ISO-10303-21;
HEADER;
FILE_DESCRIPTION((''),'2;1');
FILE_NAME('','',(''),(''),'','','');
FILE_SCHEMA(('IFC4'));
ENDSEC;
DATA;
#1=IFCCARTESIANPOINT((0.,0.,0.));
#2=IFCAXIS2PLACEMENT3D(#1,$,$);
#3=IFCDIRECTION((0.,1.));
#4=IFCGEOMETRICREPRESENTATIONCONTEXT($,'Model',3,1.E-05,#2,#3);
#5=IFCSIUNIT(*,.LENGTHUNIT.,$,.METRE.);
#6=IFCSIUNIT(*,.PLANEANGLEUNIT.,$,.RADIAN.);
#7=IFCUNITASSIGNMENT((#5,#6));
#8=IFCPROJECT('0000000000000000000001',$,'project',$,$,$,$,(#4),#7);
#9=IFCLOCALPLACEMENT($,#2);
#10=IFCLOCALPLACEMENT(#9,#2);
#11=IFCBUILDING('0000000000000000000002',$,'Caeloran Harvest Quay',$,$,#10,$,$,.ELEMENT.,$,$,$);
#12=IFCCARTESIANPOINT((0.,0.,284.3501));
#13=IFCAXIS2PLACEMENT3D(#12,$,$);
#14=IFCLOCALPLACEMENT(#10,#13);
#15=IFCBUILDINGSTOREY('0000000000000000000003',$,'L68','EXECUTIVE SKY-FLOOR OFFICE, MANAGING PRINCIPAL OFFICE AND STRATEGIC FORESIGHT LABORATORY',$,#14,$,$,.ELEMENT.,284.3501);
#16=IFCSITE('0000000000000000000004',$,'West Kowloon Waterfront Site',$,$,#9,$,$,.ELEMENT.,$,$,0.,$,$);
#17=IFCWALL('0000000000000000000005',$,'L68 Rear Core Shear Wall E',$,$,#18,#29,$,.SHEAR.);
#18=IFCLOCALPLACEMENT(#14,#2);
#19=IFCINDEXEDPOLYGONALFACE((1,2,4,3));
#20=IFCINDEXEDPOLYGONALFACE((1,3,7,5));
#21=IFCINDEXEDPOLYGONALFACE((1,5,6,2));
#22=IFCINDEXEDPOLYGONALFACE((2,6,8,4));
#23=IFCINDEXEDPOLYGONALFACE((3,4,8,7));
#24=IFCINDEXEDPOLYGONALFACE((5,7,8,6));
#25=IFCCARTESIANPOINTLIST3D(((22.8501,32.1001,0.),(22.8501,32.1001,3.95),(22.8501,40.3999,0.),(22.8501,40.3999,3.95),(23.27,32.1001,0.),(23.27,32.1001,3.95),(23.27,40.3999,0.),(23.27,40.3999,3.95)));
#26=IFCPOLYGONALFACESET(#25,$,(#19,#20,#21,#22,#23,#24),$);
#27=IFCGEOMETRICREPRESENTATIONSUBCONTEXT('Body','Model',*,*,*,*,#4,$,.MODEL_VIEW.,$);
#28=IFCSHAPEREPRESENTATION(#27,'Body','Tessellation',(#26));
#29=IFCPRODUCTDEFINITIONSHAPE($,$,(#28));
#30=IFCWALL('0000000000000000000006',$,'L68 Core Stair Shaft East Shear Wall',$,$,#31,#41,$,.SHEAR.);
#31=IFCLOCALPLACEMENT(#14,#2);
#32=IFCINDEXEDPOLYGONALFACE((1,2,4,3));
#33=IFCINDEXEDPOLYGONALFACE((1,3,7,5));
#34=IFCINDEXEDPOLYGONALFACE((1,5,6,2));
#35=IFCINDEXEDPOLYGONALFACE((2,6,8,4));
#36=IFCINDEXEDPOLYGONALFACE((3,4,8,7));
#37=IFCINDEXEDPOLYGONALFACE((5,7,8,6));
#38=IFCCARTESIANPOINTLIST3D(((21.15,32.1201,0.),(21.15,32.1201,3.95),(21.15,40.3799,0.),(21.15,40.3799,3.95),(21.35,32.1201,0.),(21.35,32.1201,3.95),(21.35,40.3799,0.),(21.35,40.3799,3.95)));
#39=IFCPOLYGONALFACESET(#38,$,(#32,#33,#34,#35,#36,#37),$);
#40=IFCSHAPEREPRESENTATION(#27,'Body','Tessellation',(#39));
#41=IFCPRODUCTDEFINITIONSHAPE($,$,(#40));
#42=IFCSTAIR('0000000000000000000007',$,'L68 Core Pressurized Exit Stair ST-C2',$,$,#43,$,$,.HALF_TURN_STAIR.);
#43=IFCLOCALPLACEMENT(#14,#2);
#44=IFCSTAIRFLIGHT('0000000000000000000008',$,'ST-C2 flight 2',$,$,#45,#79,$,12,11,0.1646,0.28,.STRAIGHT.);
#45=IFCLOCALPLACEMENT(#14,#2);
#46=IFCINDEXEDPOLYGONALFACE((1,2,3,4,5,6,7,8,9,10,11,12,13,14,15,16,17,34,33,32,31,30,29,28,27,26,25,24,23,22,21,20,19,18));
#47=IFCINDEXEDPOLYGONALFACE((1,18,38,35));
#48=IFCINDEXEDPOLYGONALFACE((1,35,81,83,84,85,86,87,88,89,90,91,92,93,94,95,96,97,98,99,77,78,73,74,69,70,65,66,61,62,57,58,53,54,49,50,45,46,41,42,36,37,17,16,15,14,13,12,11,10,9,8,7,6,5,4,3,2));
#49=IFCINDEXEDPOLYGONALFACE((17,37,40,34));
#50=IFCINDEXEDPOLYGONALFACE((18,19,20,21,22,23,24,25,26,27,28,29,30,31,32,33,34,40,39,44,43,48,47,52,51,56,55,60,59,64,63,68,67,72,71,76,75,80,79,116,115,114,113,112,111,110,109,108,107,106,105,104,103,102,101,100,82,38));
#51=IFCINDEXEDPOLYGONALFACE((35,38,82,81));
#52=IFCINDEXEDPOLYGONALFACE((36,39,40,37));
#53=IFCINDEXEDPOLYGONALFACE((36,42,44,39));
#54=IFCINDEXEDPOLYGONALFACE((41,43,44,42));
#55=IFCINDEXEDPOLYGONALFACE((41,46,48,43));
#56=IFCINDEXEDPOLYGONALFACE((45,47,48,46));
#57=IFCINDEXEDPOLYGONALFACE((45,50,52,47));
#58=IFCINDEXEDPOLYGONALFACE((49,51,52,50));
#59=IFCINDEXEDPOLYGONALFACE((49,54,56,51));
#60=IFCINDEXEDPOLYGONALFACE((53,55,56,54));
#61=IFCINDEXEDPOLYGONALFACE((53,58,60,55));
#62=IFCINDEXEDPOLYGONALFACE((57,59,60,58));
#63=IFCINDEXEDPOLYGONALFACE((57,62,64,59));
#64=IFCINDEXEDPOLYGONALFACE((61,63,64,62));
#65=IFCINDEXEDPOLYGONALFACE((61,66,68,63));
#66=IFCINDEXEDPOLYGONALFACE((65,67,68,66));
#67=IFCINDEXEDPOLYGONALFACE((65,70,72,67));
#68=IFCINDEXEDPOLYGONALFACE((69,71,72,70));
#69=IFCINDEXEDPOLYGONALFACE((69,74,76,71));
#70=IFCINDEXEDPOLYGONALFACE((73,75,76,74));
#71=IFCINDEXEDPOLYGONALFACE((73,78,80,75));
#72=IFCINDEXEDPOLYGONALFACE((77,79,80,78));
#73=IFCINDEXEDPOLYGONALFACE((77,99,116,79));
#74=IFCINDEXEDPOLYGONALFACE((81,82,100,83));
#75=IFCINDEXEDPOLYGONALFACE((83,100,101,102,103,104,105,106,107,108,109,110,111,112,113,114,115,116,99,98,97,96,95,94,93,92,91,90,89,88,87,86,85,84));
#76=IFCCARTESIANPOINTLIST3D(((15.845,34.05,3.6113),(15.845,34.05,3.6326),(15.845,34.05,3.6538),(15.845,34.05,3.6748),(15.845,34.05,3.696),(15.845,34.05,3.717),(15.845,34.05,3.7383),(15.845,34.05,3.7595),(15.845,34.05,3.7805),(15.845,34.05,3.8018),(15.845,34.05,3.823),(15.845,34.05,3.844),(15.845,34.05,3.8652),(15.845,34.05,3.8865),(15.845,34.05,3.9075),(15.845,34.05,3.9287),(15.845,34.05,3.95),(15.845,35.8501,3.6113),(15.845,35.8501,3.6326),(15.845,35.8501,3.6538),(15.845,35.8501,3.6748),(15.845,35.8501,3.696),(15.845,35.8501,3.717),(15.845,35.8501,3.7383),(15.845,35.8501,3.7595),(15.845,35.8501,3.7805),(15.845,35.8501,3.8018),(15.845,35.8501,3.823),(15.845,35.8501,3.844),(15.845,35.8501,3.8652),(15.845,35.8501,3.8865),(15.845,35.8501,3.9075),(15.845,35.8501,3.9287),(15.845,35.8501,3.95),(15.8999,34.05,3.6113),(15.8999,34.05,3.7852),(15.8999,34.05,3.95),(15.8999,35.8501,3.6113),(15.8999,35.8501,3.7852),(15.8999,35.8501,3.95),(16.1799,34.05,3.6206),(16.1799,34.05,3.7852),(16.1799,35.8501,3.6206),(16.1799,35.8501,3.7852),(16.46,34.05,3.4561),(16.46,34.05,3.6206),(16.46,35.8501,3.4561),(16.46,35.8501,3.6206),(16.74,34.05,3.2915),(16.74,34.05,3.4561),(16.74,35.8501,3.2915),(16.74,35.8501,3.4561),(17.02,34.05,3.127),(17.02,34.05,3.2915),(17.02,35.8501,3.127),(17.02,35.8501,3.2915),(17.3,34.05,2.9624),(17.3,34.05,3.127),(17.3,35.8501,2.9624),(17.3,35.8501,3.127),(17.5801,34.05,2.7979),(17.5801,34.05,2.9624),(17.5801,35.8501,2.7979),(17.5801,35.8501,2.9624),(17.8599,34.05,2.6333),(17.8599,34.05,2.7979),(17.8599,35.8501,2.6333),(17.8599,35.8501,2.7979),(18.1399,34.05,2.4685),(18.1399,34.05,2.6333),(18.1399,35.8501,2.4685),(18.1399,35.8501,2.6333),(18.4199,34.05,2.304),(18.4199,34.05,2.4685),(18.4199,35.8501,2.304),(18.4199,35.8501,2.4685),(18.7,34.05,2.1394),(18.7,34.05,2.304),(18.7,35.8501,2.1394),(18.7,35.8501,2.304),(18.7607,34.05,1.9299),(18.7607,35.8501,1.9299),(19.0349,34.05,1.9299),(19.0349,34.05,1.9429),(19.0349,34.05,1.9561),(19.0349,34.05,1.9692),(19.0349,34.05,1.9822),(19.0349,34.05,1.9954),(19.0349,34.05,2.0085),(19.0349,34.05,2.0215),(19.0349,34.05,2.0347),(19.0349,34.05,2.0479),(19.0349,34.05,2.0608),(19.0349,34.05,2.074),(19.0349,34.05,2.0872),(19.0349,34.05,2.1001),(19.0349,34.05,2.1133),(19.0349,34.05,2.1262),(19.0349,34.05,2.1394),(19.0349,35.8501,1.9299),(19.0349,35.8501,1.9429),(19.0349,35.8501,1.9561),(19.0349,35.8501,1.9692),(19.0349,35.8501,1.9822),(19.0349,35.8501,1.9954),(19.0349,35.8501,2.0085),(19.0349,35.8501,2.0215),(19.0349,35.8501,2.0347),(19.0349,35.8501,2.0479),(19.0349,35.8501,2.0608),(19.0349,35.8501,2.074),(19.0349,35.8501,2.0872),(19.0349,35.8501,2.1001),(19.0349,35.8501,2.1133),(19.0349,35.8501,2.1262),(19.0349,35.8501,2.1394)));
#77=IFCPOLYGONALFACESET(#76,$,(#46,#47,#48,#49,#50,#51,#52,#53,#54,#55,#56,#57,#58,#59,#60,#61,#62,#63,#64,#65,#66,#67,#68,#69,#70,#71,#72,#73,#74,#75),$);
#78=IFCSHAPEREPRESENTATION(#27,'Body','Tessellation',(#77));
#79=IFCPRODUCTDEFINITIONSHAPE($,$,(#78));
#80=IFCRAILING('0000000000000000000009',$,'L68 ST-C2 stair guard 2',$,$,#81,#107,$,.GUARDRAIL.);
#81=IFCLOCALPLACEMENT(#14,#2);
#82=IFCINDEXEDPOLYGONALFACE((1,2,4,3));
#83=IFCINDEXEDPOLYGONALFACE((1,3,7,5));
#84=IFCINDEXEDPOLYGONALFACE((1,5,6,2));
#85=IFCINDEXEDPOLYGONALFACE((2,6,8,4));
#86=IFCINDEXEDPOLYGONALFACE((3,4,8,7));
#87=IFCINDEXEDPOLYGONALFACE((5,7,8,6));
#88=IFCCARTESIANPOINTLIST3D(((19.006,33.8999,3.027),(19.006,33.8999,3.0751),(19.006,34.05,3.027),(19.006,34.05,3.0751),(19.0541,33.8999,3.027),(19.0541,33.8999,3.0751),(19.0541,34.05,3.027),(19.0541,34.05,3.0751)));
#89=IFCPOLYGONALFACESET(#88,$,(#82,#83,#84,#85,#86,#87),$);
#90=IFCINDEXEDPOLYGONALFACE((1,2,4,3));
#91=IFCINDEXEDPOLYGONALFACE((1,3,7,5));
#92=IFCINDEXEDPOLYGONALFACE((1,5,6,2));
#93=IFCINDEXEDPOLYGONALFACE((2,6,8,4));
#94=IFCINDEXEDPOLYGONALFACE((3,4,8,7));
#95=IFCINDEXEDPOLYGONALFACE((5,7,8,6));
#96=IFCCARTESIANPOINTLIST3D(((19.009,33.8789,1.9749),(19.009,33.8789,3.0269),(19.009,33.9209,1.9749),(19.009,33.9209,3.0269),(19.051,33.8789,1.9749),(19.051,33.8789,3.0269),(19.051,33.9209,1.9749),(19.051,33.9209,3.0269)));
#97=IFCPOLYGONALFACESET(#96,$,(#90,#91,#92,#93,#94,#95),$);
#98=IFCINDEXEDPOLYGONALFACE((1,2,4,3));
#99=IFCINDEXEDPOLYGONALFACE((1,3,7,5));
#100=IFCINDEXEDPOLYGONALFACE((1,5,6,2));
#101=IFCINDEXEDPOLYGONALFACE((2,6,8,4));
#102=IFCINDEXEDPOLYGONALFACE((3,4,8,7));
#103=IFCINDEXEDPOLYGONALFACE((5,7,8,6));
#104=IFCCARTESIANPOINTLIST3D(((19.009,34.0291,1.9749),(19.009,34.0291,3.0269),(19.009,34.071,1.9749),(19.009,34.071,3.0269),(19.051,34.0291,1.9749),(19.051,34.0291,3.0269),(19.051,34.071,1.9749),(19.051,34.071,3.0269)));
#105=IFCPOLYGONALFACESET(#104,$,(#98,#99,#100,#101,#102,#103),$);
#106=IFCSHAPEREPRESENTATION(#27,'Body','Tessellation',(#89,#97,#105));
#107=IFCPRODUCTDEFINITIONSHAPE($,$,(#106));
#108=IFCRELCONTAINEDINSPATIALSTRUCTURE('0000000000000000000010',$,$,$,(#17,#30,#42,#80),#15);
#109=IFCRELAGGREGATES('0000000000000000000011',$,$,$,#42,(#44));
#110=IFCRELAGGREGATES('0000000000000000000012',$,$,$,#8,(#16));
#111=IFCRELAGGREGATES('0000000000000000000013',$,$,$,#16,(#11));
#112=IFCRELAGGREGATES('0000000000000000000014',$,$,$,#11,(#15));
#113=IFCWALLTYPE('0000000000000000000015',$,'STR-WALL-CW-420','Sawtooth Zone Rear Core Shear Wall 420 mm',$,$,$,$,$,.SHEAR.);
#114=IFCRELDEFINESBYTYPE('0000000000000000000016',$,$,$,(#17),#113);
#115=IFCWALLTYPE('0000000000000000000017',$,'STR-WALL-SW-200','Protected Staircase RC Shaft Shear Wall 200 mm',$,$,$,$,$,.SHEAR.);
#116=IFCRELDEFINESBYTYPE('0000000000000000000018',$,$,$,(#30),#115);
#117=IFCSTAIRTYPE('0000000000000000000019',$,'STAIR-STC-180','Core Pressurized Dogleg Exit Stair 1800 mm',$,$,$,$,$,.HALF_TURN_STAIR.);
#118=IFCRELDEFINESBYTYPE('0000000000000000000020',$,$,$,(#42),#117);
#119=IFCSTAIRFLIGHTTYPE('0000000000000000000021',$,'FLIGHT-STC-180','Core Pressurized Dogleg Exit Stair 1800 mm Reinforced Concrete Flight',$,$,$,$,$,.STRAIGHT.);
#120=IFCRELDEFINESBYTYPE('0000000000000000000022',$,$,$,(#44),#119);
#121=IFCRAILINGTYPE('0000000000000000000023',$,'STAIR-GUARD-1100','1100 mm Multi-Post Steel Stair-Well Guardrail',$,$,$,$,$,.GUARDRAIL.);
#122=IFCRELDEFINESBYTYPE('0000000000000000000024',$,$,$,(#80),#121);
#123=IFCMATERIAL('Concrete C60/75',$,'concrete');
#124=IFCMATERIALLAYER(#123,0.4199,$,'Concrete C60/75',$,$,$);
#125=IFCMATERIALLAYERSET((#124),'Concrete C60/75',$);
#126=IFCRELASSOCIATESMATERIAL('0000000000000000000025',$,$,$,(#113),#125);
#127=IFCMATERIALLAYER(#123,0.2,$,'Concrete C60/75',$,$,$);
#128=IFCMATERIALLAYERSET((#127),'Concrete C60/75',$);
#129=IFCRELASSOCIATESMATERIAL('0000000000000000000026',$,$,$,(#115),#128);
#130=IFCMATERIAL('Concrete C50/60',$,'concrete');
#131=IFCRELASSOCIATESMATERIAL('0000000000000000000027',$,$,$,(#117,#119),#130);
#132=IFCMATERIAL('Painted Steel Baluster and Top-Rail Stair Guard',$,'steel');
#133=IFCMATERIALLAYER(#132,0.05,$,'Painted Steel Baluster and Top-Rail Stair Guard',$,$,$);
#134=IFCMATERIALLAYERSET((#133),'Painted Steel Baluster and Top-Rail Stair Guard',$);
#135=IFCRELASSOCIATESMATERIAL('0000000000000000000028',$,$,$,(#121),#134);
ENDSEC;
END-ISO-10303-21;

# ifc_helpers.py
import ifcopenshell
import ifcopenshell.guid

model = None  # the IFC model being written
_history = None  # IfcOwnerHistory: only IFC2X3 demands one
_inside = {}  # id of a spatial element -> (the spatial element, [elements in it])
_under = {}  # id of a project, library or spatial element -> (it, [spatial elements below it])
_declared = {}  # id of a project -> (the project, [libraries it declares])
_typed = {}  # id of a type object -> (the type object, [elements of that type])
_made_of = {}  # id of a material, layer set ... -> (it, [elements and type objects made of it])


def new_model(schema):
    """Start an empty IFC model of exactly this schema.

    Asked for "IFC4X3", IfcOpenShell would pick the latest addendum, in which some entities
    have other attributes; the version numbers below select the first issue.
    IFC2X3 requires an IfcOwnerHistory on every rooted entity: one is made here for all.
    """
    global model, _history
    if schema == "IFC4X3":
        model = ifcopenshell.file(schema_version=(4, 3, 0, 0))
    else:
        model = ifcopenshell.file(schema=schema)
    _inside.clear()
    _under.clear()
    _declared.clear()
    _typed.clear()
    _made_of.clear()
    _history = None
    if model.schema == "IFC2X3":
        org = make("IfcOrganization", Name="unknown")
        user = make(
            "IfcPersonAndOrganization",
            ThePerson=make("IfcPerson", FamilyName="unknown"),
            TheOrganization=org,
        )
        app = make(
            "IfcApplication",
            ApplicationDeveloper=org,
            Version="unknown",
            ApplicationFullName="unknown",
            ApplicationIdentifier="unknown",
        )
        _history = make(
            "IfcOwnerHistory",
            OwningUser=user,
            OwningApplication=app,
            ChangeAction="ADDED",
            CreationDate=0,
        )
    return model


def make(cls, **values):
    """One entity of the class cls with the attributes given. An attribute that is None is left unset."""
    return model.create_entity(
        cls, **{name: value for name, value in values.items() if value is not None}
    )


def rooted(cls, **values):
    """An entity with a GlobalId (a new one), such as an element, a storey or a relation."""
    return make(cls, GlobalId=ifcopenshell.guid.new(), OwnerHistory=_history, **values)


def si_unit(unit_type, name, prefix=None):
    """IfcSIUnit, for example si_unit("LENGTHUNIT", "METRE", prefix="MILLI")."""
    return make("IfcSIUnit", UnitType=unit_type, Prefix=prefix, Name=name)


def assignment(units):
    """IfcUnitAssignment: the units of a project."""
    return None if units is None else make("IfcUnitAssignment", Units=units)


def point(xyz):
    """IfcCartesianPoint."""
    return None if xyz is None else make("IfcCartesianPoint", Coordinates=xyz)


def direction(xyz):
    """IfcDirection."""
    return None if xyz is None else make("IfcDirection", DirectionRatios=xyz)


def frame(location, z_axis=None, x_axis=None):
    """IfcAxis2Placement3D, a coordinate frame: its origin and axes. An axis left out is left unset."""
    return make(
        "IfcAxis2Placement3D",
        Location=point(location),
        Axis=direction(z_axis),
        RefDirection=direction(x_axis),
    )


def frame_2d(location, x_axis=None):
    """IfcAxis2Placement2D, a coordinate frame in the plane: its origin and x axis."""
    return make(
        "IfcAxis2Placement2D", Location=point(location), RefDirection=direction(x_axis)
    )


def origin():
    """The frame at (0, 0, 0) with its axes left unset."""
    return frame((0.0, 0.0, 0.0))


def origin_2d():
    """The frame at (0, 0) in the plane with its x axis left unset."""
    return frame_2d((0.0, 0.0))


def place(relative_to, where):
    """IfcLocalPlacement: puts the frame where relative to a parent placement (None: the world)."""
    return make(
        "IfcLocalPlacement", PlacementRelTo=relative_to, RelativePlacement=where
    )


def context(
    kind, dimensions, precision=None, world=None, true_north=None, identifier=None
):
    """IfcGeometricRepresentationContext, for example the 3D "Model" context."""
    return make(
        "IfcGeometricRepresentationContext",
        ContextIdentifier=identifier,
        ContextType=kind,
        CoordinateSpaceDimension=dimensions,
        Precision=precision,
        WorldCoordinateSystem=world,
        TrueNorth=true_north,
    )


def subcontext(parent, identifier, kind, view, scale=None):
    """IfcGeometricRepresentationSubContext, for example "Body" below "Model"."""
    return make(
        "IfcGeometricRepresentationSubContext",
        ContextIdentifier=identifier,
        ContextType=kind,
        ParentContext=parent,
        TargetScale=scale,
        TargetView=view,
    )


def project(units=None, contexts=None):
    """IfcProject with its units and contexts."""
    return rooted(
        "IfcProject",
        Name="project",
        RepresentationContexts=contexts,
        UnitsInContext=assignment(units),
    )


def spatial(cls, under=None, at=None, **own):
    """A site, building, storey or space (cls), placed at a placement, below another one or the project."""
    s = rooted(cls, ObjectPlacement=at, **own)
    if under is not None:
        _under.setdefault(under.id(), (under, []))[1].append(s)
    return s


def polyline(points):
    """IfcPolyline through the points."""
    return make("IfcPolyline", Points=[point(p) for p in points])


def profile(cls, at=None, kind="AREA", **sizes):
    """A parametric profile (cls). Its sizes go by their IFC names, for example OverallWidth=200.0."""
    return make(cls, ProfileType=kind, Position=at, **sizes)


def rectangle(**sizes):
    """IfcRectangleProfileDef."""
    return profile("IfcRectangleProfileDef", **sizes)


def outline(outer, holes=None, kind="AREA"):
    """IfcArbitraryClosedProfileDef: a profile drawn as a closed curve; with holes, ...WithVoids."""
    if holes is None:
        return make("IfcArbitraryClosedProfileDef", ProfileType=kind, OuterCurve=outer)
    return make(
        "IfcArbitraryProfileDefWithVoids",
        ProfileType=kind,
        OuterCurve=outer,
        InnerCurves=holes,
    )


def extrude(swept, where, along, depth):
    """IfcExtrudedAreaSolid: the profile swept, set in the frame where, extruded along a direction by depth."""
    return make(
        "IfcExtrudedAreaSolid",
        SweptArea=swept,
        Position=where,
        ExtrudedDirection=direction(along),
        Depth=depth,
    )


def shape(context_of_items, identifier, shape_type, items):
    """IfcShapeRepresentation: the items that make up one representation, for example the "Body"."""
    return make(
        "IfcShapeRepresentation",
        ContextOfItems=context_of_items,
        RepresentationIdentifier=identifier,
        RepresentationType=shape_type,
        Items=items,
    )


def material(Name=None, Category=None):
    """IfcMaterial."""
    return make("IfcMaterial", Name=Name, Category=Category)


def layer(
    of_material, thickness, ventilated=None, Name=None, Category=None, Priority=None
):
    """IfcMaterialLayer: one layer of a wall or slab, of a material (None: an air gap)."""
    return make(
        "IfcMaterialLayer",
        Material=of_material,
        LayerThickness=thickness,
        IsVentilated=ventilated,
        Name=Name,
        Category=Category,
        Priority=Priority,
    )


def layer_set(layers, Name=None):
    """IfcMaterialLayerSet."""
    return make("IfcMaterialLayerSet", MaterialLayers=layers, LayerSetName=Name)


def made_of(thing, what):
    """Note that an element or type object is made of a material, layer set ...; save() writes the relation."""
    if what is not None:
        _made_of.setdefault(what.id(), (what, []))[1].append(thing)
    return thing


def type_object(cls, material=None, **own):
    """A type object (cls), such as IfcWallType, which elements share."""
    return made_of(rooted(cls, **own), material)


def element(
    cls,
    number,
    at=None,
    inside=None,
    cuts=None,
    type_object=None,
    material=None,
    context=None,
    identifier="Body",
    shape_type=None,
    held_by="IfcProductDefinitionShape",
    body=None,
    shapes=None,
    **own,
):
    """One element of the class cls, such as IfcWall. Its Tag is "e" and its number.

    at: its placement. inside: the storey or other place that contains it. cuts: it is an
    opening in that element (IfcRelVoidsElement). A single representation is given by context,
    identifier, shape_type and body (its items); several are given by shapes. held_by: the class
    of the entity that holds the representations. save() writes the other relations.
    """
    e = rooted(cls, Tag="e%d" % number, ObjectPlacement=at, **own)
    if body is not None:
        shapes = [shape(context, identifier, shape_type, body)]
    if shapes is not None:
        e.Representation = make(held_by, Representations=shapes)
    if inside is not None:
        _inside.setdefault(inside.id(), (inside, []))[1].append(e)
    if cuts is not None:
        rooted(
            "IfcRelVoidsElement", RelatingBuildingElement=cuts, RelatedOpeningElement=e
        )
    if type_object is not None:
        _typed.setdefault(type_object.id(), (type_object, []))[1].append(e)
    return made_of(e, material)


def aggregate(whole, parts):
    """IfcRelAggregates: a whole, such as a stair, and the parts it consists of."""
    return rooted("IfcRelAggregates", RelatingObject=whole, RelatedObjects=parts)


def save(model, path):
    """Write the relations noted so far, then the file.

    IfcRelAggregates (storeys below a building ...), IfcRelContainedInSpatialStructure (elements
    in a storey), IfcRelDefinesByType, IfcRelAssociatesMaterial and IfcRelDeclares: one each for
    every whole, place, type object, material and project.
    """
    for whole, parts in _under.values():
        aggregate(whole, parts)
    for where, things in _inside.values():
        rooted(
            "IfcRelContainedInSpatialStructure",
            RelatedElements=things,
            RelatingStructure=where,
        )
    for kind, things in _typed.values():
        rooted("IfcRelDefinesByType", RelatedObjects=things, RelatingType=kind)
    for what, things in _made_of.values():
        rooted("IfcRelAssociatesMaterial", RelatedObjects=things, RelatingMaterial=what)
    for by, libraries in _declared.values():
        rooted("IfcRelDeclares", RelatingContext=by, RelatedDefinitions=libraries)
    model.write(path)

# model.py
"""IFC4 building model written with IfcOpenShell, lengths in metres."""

from ifc_helpers import new_model, si_unit, direction, frame, frame_2d, origin, origin_2d, place, context, subcontext, project, spatial, polyline, rectangle, outline, extrude, material, layer, layer_set, type_object, element, aggregate, save


model = new_model("IFC4")

# Units and contexts
model_context = context("Model", 3, precision=1e-05, world=origin(), true_north=direction((0.0, 1.0)))
body_context = subcontext(model_context, "Body", "Model", "MODEL_VIEW")
ifc_project = project(units=[si_unit("LENGTHUNIT", "METRE"), si_unit("PLANEANGLEUNIT", "RADIAN")], contexts=[model_context])

# Site, building, storey
site_placement = place(None, origin())
site = spatial("IfcSite", under=ifc_project, at=site_placement, Name="West Kowloon Waterfront Site", CompositionType="ELEMENT", RefElevation=0.0)
building_placement = place(site_placement, origin())
building = spatial("IfcBuilding", under=site, at=building_placement, Name="Caeloran Harvest Quay", CompositionType="ELEMENT")
storey_placement = place(building_placement, frame((0.0, 0.0, 284.3501)))
storey = spatial("IfcBuildingStorey", under=building, at=storey_placement, Name="L68", Description="EXECUTIVE SKY-FLOOR OFFICE, MANAGING PRINCIPAL OFFICE AND STRATEGIC FORESIGHT LABORATORY", CompositionType="ELEMENT", Elevation=284.3501)

# Shared definitions
ifc_material_1 = material(Name="Concrete C60/75", Category="concrete")

# Walls
ifc_layer_1 = layer(ifc_material_1, 0.4199, Name="Concrete C60/75")
ifc_layer_set_1 = layer_set([ifc_layer_1], Name="Concrete C60/75")
wall_type_1 = type_object("IfcWallType", Name="STR-WALL-CW-420", Description="Sawtooth Zone Rear Core Shear Wall 420 mm", PredefinedType="SHEAR", material=ifc_layer_set_1)
wall_1_placement = place(storey_placement, frame((23.0601, 32.1001, 0.0), z_axis=(0.0, 0.0, 1.0), x_axis=(0.0, 1.0, 0.0)))
element("IfcWall", 1, at=wall_1_placement, inside=storey, type_object=wall_type_1, Name="L68 Rear Core Shear Wall E", PredefinedType="SHEAR", context=body_context, shape_type="SweptSolid", body=[
    extrude(rectangle(XDim=8.2998, YDim=0.4199, at=frame_2d((4.1499, 0.0))), origin(), (0.0, 0.0, 1.0), 3.95),
])
ifc_layer_2 = layer(ifc_material_1, 0.2, Name="Concrete C60/75")
ifc_layer_set_2 = layer_set([ifc_layer_2], Name="Concrete C60/75")
wall_type_2 = type_object("IfcWallType", Name="STR-WALL-SW-200", Description="Protected Staircase RC Shaft Shear Wall 200 mm", PredefinedType="SHEAR", material=ifc_layer_set_2)
wall_2_placement = place(storey_placement, frame((21.25, 32.1201, 0.0), z_axis=(0.0, 0.0, 1.0), x_axis=(0.0, 1.0, 0.0)))
element("IfcWall", 2, at=wall_2_placement, inside=storey, type_object=wall_type_2, Name="L68 Core Stair Shaft East Shear Wall", PredefinedType="SHEAR", context=body_context, shape_type="SweptSolid", body=[
    extrude(rectangle(XDim=8.2598, YDim=0.2, at=frame_2d((4.1299, 0.0))), origin(), (0.0, 0.0, 1.0), 3.95),
])

# Stair, stair flight
ifc_material_2 = material(Name="Concrete C50/60", Category="concrete")
stair_type = type_object("IfcStairType", Name="STAIR-STC-180", Description="Core Pressurized Dogleg Exit Stair 1800 mm", PredefinedType="HALF_TURN_STAIR", material=ifc_material_2)
stair_placement = place(storey_placement, origin())
stair = element("IfcStair", 3, at=stair_placement, inside=storey, type_object=stair_type, Name="L68 Core Pressurized Exit Stair ST-C2", PredefinedType="HALF_TURN_STAIR")
stair_flight_type = type_object("IfcStairFlightType", Name="FLIGHT-STC-180", Description="Core Pressurized Dogleg Exit Stair 1800 mm Reinforced Concrete Flight", PredefinedType="STRAIGHT", material=ifc_material_2)
stair_flight_placement = place(storey_placement, frame((18.98, 34.95, 1.9749), z_axis=(0.0, 0.0, 1.0), x_axis=(-1.0, 0.0, 0.0)))
stair_flight = element("IfcStairFlight", 4, at=stair_flight_placement, type_object=stair_flight_type, Name="ST-C2 flight 2", NumberOfRisers=12, NumberOfTreads=11, PredefinedType="STRAIGHT", RiserHeight=0.1646, TreadLength=0.28, context=body_context, shape_type="SweptSolid", body=[
    extrude(outline(polyline([(-0.0549, -0.0449), (-0.0549, -0.032), (-0.0549, -0.0188), (-0.0549, -0.0056), (-0.0549, 0.0073), (-0.0549, 0.0205), (-0.0549, 0.0337), (-0.0549, 0.0466), (-0.0549, 0.0598), (-0.0549, 0.073), (-0.0549, 0.0859), (-0.0549, 0.0991), (-0.0549, 0.1123), (-0.0549, 0.1252), (-0.0549, 0.1384), (-0.0549, 0.1514), (-0.0549, 0.1646), (0.28, 0.1646), (0.28, 0.3291), (0.5601, 0.3291), (0.5601, 0.4937), (0.8401, 0.4937), (0.8401, 0.6584), (1.1201, 0.6584), (1.1201, 0.823), (1.3999, 0.823), (1.3999, 0.9875), (1.6799, 0.9875), (1.6799, 1.1521), (1.96, 1.1521), (1.96, 1.3167), (2.24, 1.3167), (2.24, 1.4812), (2.52, 1.4812), (2.52, 1.6458), (2.8, 1.6458), (2.8, 1.8103), (3.0801, 1.8103), (3.0801, 1.9751), (3.135, 1.9751), (3.135, 1.9539), (3.135, 1.9326), (3.135, 1.9116), (3.135, 1.8904), (3.135, 1.8691), (3.135, 1.8481), (3.135, 1.8269), (3.135, 1.8057), (3.135, 1.7847), (3.135, 1.7634), (3.135, 1.7422), (3.135, 1.7212), (3.135, 1.7), (3.135, 1.679), (3.135, 1.6577), (3.135, 1.6365), (3.0801, 1.6365), (0.2192, -0.0449), (-0.0549, -0.0449)])), frame((0.0, 0.8999, 0.0), z_axis=(0.0, -1.0, 0.0), x_axis=(1.0, 0.0, 0.0)), (0.0, 0.0, 1.0), 1.8),
])
aggregate(stair, [stair_flight])

# Railing
ifc_material_3 = material(Name="Painted Steel Baluster and Top-Rail Stair Guard", Category="steel")
ifc_layer_3 = layer(ifc_material_3, 0.05, Name="Painted Steel Baluster and Top-Rail Stair Guard")
ifc_layer_set_3 = layer_set([ifc_layer_3], Name="Painted Steel Baluster and Top-Rail Stair Guard")
railing_type = type_object("IfcRailingType", Name="STAIR-GUARD-1100", Description="1100 mm Multi-Post Steel Stair-Well Guardrail", PredefinedType="GUARDRAIL", material=ifc_layer_set_3)
railing_placement = place(storey_placement, frame((19.03, 33.8999, 1.9749)))
element("IfcRailing", 5, at=railing_placement, inside=storey, type_object=railing_type, Name="L68 ST-C2 stair guard 2", PredefinedType="GUARDRAIL", context=body_context, shape_type="SweptSolid", body=[
    extrude(rectangle(XDim=0.0481, YDim=0.0481, at=origin_2d()), frame((0.0, 0.0, 1.0762), z_axis=(0.0, 1.0, 0.0), x_axis=(-1.0, 0.0, 0.0)), (0.0, 0.0, 1.0), 0.1501),
    extrude(rectangle(XDim=0.042, YDim=0.042, at=origin_2d()), origin(), (0.0, 0.0, 1.0), 1.052),
    extrude(rectangle(XDim=0.042, YDim=0.042, at=origin_2d()), frame((0.0, 0.1501, 0.0)), (0.0, 0.0, 1.0), 1.052),
])

save(model, "model.ifc")
